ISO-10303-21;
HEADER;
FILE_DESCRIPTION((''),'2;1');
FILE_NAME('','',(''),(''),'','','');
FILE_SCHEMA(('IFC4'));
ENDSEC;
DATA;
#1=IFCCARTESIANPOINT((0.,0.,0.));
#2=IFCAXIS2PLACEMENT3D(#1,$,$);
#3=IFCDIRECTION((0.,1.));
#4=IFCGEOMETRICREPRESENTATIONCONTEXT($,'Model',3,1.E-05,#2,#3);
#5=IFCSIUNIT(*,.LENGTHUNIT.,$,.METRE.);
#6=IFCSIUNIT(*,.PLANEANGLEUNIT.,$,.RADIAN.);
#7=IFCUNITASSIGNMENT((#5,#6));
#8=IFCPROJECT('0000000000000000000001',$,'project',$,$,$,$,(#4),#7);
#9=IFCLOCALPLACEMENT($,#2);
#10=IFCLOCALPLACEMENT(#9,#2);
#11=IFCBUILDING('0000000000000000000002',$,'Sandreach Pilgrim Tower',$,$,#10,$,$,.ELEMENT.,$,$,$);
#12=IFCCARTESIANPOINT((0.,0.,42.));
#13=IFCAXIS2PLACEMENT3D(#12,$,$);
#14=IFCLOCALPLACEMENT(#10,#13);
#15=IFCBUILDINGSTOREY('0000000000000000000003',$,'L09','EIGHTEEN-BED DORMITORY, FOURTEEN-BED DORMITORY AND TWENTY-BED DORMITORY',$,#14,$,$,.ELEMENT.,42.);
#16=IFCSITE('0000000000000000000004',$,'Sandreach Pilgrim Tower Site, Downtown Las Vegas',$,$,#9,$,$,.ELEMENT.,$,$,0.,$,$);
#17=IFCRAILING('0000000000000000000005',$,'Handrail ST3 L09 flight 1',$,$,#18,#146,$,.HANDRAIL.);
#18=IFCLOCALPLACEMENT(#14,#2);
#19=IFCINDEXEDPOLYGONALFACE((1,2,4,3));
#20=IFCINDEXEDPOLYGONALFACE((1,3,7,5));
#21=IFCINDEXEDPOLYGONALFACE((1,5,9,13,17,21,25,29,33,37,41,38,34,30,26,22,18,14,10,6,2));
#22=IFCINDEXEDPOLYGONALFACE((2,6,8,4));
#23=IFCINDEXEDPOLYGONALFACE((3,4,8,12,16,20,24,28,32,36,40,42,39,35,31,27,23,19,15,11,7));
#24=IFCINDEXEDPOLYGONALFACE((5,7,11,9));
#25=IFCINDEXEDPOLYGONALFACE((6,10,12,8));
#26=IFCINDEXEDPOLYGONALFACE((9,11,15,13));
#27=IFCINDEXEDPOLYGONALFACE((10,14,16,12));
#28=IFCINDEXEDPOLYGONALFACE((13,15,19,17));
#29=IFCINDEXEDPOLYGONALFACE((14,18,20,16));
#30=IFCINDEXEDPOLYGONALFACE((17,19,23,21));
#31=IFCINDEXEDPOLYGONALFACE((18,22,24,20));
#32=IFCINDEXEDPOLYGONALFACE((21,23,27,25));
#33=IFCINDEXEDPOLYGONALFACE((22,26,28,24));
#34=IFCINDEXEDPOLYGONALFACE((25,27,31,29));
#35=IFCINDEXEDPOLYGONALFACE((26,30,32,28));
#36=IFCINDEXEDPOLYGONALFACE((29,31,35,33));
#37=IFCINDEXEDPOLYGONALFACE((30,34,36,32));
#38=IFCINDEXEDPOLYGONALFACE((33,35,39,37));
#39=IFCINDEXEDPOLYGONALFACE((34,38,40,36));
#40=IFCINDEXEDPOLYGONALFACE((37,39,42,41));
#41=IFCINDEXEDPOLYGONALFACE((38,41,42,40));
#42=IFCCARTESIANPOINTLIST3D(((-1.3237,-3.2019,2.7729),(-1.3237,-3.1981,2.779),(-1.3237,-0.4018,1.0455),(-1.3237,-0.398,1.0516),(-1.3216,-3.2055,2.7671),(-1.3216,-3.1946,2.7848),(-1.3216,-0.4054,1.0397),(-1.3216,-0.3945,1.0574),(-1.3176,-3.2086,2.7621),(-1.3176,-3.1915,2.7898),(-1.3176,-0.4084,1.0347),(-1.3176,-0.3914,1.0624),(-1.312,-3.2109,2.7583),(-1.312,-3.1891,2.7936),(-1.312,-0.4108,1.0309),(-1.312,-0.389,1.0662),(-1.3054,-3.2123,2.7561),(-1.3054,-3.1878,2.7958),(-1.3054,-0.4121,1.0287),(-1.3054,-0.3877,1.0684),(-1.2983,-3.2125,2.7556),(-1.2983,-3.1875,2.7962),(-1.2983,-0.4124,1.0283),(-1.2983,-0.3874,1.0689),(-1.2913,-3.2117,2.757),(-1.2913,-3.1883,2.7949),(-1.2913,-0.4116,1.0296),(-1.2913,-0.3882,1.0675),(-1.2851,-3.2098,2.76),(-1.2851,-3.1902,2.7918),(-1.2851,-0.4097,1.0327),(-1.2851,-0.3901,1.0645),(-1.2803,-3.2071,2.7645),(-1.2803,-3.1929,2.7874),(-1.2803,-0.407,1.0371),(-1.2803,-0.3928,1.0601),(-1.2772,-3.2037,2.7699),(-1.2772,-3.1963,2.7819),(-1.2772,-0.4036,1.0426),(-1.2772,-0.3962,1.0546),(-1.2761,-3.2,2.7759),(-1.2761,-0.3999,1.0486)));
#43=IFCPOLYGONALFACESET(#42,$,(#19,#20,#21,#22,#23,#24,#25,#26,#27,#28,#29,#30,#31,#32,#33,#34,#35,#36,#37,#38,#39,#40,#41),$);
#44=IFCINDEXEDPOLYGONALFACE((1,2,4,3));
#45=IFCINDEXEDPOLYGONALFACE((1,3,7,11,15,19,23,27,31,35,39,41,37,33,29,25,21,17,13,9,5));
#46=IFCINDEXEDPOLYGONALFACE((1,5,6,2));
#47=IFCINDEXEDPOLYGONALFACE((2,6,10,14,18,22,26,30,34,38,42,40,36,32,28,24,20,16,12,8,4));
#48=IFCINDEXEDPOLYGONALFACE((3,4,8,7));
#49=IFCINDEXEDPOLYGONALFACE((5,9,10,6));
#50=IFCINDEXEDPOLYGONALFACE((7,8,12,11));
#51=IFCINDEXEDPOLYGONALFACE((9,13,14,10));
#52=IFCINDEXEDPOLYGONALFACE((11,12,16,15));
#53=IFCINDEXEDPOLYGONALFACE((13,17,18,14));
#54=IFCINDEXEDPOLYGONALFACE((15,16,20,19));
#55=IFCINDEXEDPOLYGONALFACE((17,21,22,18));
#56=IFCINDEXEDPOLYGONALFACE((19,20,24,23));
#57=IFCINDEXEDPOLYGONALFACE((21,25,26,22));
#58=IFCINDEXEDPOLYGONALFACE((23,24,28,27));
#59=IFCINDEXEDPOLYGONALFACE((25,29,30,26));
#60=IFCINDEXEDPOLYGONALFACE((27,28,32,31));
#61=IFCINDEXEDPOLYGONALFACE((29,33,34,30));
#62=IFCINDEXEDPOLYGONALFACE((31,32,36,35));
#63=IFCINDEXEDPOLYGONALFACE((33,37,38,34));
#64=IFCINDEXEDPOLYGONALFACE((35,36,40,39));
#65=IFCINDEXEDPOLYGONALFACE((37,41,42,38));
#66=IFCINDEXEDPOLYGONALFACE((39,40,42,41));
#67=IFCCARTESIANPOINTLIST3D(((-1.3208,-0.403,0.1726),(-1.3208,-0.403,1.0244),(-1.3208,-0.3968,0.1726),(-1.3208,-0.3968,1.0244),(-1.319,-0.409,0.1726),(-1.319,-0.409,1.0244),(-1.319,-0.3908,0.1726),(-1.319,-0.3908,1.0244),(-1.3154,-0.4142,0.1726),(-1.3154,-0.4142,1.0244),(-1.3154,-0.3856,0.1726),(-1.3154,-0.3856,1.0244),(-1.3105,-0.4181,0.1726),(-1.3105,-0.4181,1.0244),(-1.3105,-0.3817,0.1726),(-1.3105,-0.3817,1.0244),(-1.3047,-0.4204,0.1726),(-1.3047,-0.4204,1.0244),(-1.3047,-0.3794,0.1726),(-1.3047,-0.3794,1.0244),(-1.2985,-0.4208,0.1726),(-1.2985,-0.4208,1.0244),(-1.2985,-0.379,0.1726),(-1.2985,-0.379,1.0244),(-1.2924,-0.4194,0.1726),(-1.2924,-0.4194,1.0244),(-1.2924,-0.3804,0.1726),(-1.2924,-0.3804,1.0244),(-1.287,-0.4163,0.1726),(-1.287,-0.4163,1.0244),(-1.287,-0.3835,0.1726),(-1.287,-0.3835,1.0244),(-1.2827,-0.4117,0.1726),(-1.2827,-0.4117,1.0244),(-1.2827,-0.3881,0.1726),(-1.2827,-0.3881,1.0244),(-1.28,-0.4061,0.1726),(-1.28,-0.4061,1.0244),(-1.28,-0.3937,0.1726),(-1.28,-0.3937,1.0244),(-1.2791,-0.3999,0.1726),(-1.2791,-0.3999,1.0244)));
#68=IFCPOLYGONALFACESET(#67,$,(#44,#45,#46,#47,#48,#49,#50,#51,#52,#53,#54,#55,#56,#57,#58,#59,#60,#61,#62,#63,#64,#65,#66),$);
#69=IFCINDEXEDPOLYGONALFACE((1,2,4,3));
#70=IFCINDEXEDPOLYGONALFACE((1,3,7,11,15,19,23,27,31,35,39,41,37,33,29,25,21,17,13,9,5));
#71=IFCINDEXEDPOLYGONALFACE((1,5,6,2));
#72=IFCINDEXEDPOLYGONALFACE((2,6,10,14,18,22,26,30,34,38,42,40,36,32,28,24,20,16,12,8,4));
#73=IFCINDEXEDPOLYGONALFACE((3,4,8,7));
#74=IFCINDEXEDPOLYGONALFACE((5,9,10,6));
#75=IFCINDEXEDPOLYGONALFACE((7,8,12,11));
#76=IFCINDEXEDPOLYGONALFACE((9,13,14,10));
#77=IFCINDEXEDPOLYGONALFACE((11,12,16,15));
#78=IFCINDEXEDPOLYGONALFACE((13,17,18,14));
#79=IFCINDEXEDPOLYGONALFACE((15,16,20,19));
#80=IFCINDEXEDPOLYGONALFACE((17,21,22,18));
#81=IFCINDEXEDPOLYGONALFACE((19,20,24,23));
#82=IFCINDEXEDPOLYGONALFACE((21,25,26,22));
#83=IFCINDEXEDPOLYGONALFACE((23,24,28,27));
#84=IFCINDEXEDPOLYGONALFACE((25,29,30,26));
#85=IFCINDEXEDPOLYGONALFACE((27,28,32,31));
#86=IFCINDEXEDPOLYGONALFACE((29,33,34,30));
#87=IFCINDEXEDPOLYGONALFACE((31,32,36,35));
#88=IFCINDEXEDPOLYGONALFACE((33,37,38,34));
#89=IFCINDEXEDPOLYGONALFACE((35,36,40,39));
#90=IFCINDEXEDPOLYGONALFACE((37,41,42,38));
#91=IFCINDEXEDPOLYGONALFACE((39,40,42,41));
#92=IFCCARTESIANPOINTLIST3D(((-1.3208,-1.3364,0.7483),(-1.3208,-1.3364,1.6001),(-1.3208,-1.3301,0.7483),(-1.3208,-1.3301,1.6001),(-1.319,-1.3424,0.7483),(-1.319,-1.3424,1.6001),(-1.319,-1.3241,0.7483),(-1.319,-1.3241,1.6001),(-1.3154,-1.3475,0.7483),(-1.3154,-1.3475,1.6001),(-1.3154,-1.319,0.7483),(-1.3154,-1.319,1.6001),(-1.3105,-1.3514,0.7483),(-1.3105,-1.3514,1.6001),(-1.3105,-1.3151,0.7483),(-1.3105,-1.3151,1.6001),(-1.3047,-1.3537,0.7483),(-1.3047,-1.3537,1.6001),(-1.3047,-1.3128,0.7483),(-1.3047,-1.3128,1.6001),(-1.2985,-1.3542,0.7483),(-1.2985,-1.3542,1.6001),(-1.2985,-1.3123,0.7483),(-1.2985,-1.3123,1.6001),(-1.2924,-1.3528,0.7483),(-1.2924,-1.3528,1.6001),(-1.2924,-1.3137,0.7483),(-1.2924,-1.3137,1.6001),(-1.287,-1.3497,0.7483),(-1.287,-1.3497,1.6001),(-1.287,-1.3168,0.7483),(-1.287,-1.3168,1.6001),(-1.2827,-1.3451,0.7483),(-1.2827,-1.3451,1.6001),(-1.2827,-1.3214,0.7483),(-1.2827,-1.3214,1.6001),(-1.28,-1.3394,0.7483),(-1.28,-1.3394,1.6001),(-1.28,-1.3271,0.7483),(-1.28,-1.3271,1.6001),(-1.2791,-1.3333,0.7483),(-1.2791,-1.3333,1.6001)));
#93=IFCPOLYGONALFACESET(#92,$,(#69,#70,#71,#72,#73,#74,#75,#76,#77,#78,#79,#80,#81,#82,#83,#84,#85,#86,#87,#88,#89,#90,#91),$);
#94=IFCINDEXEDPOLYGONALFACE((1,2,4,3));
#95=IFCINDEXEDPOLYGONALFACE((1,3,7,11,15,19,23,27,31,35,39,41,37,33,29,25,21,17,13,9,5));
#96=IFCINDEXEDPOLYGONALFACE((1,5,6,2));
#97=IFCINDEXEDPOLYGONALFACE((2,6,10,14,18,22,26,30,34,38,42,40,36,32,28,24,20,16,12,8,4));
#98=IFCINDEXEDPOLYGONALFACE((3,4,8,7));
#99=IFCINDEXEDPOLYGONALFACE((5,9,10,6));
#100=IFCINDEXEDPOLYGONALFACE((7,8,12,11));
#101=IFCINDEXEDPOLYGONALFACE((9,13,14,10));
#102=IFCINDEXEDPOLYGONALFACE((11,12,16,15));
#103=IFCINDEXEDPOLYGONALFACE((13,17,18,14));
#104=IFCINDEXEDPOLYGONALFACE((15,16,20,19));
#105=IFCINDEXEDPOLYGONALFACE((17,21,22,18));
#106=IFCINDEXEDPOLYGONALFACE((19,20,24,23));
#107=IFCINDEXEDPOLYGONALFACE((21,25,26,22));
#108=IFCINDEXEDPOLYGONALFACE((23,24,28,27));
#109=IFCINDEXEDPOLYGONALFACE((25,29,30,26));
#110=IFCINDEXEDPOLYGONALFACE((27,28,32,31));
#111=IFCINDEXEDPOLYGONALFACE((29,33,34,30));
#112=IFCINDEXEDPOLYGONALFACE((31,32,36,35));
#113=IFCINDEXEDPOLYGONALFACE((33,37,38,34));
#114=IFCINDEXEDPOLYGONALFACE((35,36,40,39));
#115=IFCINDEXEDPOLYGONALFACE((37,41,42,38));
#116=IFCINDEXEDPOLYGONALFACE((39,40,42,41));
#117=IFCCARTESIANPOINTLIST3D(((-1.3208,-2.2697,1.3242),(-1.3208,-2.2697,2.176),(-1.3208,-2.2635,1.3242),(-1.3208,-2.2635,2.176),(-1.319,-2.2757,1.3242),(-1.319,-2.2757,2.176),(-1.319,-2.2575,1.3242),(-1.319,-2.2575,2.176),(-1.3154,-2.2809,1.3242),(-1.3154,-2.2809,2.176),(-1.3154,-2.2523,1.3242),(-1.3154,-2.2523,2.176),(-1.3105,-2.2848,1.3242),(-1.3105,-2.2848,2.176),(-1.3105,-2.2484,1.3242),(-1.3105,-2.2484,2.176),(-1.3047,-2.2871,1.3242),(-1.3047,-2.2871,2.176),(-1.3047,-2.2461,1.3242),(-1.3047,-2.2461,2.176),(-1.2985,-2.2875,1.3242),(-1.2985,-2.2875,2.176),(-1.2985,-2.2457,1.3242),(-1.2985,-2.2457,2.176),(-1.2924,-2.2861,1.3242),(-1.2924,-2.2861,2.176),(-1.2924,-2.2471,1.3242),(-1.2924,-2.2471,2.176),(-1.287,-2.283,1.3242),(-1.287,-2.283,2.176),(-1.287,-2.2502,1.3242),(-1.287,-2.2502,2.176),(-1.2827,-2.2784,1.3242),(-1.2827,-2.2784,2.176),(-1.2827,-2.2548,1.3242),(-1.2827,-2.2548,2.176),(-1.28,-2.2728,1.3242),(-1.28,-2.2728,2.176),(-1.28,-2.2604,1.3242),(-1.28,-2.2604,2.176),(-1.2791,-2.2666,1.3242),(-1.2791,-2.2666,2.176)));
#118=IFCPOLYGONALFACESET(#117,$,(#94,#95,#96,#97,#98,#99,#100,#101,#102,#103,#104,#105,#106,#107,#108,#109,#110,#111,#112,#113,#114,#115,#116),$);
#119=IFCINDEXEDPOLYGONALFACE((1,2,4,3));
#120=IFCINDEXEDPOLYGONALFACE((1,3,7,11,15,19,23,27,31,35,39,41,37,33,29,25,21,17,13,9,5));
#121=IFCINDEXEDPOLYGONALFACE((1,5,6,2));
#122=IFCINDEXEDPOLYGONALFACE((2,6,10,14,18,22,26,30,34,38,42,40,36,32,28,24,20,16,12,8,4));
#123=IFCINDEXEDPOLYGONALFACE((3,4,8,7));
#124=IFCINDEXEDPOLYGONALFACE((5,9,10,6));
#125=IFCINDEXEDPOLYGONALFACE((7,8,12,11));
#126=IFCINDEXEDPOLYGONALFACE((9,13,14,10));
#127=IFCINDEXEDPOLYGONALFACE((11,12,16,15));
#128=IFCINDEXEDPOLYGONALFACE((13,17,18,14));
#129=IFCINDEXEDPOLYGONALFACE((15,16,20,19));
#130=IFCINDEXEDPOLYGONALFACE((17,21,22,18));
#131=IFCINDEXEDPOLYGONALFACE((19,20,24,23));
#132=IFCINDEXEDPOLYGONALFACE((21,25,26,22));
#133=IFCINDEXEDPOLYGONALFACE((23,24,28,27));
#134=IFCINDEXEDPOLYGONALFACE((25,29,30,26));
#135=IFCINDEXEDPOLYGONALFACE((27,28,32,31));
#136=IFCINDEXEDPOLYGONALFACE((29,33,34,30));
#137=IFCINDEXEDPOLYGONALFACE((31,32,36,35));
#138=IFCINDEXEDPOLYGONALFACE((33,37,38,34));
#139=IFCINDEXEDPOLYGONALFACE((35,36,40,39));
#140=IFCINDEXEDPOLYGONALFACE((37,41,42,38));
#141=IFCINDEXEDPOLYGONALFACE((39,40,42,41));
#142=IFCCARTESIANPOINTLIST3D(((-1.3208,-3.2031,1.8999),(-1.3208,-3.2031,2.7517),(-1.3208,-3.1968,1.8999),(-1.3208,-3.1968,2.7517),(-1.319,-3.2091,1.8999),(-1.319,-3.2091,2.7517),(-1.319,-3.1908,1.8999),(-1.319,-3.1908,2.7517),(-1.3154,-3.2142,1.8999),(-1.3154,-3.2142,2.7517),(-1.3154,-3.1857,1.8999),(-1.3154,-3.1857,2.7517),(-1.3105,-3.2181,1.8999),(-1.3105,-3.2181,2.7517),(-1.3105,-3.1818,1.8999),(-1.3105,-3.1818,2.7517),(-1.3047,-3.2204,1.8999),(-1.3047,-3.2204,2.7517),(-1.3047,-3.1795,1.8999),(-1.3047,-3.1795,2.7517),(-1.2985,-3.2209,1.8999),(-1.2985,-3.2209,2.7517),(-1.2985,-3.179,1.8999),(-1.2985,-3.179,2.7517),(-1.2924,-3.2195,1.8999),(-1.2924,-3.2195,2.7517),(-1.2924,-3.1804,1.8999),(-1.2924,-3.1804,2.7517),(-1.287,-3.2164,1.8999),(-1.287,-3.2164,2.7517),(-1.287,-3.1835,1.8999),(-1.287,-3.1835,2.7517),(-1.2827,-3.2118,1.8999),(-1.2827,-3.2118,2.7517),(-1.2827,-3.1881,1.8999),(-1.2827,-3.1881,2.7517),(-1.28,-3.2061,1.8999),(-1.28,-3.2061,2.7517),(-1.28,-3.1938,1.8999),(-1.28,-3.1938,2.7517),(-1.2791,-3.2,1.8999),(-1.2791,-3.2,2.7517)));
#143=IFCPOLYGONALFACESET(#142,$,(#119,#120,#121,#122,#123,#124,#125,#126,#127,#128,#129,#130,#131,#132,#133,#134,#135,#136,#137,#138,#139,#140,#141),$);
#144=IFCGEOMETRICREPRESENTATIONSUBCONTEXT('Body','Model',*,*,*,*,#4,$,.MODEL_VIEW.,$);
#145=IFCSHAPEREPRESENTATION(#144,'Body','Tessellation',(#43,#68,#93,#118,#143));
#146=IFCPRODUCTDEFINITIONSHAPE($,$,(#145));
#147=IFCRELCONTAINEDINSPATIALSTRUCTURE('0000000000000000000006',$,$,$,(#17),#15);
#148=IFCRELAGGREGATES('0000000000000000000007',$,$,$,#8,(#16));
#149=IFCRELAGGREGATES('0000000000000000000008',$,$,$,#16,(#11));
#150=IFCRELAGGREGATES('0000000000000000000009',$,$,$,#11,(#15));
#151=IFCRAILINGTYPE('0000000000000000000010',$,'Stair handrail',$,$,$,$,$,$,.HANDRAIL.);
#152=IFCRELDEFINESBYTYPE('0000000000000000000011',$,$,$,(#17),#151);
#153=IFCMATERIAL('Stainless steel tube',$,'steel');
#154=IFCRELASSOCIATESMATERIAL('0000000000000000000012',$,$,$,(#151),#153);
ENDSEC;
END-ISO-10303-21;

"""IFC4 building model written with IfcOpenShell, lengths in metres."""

from ifc_helpers import new_model, si_unit, direction, frame, origin, origin_2d, place, context, subcontext, project, spatial, circle, extrude, material, type_object, element, save


model = new_model("IFC4")

# Units and contexts
model_context = context("Model", 3, precision=1e-05, world=origin(), true_north=direction((0.0, 1.0)))
body_context = subcontext(model_context, "Body", "Model", "MODEL_VIEW")
ifc_project = project(units=[si_unit("LENGTHUNIT", "METRE"), si_unit("PLANEANGLEUNIT", "RADIAN")], contexts=[model_context])

# Site, building, storey
site_placement = place(None, origin())
site = spatial("IfcSite", under=ifc_project, at=site_placement, Name="Sandreach Pilgrim Tower Site, Downtown Las Vegas", CompositionType="ELEMENT", RefElevation=0.0)
building_placement = place(site_placement, origin())
building = spatial("IfcBuilding", under=site, at=building_placement, Name="Sandreach Pilgrim Tower", CompositionType="ELEMENT")
storey_placement = place(building_placement, frame((0.0, 0.0, 42.0)))
storey = spatial("IfcBuildingStorey", under=building, at=storey_placement, Name="L09", Description="EIGHTEEN-BED DORMITORY, FOURTEEN-BED DORMITORY AND TWENTY-BED DORMITORY", CompositionType="ELEMENT", Elevation=42.0)

# Railing
ifc_material_1 = material(Name="Stainless steel tube", Category="steel")
railing_type = type_object("IfcRailingType", Name="Stair handrail", PredefinedType="HANDRAIL", material=ifc_material_1)
for number, where, name in (
    (1, (-1.3, -0.3999, 0.1726), "Handrail ST3 L09 flight 1"),
):
    element("IfcRailing", number, at=place(storey_placement, frame(where)), inside=storey, type_object=railing_type, Name=name, PredefinedType="HANDRAIL", context=body_context, shape_type="SweptSolid", body=[
        extrude(circle(Radius=0.0239, at=origin_2d()), frame((0.0, 0.0, 0.876), z_axis=(0.0, -0.85109, 0.52502), x_axis=(1.0, 0.0, 0.0)), (0.0, 0.0, 1.0), 3.29),
        extrude(circle(Radius=0.021, at=origin_2d()), origin(), (0.0, 0.0, 1.0), 0.8518),
        extrude(circle(Radius=0.021, at=origin_2d()), frame((0.0, -0.9333, 0.5757)), (0.0, 0.0, 1.0), 0.8518),
        extrude(circle(Radius=0.021, at=origin_2d()), frame((0.0, -1.8667, 1.1516)), (0.0, 0.0, 1.0), 0.8518),
        extrude(circle(Radius=0.021, at=origin_2d()), frame((0.0, -2.8, 1.7273)), (0.0, 0.0, 1.0), 0.8518),
    ])

save(model, "model.ifc")
